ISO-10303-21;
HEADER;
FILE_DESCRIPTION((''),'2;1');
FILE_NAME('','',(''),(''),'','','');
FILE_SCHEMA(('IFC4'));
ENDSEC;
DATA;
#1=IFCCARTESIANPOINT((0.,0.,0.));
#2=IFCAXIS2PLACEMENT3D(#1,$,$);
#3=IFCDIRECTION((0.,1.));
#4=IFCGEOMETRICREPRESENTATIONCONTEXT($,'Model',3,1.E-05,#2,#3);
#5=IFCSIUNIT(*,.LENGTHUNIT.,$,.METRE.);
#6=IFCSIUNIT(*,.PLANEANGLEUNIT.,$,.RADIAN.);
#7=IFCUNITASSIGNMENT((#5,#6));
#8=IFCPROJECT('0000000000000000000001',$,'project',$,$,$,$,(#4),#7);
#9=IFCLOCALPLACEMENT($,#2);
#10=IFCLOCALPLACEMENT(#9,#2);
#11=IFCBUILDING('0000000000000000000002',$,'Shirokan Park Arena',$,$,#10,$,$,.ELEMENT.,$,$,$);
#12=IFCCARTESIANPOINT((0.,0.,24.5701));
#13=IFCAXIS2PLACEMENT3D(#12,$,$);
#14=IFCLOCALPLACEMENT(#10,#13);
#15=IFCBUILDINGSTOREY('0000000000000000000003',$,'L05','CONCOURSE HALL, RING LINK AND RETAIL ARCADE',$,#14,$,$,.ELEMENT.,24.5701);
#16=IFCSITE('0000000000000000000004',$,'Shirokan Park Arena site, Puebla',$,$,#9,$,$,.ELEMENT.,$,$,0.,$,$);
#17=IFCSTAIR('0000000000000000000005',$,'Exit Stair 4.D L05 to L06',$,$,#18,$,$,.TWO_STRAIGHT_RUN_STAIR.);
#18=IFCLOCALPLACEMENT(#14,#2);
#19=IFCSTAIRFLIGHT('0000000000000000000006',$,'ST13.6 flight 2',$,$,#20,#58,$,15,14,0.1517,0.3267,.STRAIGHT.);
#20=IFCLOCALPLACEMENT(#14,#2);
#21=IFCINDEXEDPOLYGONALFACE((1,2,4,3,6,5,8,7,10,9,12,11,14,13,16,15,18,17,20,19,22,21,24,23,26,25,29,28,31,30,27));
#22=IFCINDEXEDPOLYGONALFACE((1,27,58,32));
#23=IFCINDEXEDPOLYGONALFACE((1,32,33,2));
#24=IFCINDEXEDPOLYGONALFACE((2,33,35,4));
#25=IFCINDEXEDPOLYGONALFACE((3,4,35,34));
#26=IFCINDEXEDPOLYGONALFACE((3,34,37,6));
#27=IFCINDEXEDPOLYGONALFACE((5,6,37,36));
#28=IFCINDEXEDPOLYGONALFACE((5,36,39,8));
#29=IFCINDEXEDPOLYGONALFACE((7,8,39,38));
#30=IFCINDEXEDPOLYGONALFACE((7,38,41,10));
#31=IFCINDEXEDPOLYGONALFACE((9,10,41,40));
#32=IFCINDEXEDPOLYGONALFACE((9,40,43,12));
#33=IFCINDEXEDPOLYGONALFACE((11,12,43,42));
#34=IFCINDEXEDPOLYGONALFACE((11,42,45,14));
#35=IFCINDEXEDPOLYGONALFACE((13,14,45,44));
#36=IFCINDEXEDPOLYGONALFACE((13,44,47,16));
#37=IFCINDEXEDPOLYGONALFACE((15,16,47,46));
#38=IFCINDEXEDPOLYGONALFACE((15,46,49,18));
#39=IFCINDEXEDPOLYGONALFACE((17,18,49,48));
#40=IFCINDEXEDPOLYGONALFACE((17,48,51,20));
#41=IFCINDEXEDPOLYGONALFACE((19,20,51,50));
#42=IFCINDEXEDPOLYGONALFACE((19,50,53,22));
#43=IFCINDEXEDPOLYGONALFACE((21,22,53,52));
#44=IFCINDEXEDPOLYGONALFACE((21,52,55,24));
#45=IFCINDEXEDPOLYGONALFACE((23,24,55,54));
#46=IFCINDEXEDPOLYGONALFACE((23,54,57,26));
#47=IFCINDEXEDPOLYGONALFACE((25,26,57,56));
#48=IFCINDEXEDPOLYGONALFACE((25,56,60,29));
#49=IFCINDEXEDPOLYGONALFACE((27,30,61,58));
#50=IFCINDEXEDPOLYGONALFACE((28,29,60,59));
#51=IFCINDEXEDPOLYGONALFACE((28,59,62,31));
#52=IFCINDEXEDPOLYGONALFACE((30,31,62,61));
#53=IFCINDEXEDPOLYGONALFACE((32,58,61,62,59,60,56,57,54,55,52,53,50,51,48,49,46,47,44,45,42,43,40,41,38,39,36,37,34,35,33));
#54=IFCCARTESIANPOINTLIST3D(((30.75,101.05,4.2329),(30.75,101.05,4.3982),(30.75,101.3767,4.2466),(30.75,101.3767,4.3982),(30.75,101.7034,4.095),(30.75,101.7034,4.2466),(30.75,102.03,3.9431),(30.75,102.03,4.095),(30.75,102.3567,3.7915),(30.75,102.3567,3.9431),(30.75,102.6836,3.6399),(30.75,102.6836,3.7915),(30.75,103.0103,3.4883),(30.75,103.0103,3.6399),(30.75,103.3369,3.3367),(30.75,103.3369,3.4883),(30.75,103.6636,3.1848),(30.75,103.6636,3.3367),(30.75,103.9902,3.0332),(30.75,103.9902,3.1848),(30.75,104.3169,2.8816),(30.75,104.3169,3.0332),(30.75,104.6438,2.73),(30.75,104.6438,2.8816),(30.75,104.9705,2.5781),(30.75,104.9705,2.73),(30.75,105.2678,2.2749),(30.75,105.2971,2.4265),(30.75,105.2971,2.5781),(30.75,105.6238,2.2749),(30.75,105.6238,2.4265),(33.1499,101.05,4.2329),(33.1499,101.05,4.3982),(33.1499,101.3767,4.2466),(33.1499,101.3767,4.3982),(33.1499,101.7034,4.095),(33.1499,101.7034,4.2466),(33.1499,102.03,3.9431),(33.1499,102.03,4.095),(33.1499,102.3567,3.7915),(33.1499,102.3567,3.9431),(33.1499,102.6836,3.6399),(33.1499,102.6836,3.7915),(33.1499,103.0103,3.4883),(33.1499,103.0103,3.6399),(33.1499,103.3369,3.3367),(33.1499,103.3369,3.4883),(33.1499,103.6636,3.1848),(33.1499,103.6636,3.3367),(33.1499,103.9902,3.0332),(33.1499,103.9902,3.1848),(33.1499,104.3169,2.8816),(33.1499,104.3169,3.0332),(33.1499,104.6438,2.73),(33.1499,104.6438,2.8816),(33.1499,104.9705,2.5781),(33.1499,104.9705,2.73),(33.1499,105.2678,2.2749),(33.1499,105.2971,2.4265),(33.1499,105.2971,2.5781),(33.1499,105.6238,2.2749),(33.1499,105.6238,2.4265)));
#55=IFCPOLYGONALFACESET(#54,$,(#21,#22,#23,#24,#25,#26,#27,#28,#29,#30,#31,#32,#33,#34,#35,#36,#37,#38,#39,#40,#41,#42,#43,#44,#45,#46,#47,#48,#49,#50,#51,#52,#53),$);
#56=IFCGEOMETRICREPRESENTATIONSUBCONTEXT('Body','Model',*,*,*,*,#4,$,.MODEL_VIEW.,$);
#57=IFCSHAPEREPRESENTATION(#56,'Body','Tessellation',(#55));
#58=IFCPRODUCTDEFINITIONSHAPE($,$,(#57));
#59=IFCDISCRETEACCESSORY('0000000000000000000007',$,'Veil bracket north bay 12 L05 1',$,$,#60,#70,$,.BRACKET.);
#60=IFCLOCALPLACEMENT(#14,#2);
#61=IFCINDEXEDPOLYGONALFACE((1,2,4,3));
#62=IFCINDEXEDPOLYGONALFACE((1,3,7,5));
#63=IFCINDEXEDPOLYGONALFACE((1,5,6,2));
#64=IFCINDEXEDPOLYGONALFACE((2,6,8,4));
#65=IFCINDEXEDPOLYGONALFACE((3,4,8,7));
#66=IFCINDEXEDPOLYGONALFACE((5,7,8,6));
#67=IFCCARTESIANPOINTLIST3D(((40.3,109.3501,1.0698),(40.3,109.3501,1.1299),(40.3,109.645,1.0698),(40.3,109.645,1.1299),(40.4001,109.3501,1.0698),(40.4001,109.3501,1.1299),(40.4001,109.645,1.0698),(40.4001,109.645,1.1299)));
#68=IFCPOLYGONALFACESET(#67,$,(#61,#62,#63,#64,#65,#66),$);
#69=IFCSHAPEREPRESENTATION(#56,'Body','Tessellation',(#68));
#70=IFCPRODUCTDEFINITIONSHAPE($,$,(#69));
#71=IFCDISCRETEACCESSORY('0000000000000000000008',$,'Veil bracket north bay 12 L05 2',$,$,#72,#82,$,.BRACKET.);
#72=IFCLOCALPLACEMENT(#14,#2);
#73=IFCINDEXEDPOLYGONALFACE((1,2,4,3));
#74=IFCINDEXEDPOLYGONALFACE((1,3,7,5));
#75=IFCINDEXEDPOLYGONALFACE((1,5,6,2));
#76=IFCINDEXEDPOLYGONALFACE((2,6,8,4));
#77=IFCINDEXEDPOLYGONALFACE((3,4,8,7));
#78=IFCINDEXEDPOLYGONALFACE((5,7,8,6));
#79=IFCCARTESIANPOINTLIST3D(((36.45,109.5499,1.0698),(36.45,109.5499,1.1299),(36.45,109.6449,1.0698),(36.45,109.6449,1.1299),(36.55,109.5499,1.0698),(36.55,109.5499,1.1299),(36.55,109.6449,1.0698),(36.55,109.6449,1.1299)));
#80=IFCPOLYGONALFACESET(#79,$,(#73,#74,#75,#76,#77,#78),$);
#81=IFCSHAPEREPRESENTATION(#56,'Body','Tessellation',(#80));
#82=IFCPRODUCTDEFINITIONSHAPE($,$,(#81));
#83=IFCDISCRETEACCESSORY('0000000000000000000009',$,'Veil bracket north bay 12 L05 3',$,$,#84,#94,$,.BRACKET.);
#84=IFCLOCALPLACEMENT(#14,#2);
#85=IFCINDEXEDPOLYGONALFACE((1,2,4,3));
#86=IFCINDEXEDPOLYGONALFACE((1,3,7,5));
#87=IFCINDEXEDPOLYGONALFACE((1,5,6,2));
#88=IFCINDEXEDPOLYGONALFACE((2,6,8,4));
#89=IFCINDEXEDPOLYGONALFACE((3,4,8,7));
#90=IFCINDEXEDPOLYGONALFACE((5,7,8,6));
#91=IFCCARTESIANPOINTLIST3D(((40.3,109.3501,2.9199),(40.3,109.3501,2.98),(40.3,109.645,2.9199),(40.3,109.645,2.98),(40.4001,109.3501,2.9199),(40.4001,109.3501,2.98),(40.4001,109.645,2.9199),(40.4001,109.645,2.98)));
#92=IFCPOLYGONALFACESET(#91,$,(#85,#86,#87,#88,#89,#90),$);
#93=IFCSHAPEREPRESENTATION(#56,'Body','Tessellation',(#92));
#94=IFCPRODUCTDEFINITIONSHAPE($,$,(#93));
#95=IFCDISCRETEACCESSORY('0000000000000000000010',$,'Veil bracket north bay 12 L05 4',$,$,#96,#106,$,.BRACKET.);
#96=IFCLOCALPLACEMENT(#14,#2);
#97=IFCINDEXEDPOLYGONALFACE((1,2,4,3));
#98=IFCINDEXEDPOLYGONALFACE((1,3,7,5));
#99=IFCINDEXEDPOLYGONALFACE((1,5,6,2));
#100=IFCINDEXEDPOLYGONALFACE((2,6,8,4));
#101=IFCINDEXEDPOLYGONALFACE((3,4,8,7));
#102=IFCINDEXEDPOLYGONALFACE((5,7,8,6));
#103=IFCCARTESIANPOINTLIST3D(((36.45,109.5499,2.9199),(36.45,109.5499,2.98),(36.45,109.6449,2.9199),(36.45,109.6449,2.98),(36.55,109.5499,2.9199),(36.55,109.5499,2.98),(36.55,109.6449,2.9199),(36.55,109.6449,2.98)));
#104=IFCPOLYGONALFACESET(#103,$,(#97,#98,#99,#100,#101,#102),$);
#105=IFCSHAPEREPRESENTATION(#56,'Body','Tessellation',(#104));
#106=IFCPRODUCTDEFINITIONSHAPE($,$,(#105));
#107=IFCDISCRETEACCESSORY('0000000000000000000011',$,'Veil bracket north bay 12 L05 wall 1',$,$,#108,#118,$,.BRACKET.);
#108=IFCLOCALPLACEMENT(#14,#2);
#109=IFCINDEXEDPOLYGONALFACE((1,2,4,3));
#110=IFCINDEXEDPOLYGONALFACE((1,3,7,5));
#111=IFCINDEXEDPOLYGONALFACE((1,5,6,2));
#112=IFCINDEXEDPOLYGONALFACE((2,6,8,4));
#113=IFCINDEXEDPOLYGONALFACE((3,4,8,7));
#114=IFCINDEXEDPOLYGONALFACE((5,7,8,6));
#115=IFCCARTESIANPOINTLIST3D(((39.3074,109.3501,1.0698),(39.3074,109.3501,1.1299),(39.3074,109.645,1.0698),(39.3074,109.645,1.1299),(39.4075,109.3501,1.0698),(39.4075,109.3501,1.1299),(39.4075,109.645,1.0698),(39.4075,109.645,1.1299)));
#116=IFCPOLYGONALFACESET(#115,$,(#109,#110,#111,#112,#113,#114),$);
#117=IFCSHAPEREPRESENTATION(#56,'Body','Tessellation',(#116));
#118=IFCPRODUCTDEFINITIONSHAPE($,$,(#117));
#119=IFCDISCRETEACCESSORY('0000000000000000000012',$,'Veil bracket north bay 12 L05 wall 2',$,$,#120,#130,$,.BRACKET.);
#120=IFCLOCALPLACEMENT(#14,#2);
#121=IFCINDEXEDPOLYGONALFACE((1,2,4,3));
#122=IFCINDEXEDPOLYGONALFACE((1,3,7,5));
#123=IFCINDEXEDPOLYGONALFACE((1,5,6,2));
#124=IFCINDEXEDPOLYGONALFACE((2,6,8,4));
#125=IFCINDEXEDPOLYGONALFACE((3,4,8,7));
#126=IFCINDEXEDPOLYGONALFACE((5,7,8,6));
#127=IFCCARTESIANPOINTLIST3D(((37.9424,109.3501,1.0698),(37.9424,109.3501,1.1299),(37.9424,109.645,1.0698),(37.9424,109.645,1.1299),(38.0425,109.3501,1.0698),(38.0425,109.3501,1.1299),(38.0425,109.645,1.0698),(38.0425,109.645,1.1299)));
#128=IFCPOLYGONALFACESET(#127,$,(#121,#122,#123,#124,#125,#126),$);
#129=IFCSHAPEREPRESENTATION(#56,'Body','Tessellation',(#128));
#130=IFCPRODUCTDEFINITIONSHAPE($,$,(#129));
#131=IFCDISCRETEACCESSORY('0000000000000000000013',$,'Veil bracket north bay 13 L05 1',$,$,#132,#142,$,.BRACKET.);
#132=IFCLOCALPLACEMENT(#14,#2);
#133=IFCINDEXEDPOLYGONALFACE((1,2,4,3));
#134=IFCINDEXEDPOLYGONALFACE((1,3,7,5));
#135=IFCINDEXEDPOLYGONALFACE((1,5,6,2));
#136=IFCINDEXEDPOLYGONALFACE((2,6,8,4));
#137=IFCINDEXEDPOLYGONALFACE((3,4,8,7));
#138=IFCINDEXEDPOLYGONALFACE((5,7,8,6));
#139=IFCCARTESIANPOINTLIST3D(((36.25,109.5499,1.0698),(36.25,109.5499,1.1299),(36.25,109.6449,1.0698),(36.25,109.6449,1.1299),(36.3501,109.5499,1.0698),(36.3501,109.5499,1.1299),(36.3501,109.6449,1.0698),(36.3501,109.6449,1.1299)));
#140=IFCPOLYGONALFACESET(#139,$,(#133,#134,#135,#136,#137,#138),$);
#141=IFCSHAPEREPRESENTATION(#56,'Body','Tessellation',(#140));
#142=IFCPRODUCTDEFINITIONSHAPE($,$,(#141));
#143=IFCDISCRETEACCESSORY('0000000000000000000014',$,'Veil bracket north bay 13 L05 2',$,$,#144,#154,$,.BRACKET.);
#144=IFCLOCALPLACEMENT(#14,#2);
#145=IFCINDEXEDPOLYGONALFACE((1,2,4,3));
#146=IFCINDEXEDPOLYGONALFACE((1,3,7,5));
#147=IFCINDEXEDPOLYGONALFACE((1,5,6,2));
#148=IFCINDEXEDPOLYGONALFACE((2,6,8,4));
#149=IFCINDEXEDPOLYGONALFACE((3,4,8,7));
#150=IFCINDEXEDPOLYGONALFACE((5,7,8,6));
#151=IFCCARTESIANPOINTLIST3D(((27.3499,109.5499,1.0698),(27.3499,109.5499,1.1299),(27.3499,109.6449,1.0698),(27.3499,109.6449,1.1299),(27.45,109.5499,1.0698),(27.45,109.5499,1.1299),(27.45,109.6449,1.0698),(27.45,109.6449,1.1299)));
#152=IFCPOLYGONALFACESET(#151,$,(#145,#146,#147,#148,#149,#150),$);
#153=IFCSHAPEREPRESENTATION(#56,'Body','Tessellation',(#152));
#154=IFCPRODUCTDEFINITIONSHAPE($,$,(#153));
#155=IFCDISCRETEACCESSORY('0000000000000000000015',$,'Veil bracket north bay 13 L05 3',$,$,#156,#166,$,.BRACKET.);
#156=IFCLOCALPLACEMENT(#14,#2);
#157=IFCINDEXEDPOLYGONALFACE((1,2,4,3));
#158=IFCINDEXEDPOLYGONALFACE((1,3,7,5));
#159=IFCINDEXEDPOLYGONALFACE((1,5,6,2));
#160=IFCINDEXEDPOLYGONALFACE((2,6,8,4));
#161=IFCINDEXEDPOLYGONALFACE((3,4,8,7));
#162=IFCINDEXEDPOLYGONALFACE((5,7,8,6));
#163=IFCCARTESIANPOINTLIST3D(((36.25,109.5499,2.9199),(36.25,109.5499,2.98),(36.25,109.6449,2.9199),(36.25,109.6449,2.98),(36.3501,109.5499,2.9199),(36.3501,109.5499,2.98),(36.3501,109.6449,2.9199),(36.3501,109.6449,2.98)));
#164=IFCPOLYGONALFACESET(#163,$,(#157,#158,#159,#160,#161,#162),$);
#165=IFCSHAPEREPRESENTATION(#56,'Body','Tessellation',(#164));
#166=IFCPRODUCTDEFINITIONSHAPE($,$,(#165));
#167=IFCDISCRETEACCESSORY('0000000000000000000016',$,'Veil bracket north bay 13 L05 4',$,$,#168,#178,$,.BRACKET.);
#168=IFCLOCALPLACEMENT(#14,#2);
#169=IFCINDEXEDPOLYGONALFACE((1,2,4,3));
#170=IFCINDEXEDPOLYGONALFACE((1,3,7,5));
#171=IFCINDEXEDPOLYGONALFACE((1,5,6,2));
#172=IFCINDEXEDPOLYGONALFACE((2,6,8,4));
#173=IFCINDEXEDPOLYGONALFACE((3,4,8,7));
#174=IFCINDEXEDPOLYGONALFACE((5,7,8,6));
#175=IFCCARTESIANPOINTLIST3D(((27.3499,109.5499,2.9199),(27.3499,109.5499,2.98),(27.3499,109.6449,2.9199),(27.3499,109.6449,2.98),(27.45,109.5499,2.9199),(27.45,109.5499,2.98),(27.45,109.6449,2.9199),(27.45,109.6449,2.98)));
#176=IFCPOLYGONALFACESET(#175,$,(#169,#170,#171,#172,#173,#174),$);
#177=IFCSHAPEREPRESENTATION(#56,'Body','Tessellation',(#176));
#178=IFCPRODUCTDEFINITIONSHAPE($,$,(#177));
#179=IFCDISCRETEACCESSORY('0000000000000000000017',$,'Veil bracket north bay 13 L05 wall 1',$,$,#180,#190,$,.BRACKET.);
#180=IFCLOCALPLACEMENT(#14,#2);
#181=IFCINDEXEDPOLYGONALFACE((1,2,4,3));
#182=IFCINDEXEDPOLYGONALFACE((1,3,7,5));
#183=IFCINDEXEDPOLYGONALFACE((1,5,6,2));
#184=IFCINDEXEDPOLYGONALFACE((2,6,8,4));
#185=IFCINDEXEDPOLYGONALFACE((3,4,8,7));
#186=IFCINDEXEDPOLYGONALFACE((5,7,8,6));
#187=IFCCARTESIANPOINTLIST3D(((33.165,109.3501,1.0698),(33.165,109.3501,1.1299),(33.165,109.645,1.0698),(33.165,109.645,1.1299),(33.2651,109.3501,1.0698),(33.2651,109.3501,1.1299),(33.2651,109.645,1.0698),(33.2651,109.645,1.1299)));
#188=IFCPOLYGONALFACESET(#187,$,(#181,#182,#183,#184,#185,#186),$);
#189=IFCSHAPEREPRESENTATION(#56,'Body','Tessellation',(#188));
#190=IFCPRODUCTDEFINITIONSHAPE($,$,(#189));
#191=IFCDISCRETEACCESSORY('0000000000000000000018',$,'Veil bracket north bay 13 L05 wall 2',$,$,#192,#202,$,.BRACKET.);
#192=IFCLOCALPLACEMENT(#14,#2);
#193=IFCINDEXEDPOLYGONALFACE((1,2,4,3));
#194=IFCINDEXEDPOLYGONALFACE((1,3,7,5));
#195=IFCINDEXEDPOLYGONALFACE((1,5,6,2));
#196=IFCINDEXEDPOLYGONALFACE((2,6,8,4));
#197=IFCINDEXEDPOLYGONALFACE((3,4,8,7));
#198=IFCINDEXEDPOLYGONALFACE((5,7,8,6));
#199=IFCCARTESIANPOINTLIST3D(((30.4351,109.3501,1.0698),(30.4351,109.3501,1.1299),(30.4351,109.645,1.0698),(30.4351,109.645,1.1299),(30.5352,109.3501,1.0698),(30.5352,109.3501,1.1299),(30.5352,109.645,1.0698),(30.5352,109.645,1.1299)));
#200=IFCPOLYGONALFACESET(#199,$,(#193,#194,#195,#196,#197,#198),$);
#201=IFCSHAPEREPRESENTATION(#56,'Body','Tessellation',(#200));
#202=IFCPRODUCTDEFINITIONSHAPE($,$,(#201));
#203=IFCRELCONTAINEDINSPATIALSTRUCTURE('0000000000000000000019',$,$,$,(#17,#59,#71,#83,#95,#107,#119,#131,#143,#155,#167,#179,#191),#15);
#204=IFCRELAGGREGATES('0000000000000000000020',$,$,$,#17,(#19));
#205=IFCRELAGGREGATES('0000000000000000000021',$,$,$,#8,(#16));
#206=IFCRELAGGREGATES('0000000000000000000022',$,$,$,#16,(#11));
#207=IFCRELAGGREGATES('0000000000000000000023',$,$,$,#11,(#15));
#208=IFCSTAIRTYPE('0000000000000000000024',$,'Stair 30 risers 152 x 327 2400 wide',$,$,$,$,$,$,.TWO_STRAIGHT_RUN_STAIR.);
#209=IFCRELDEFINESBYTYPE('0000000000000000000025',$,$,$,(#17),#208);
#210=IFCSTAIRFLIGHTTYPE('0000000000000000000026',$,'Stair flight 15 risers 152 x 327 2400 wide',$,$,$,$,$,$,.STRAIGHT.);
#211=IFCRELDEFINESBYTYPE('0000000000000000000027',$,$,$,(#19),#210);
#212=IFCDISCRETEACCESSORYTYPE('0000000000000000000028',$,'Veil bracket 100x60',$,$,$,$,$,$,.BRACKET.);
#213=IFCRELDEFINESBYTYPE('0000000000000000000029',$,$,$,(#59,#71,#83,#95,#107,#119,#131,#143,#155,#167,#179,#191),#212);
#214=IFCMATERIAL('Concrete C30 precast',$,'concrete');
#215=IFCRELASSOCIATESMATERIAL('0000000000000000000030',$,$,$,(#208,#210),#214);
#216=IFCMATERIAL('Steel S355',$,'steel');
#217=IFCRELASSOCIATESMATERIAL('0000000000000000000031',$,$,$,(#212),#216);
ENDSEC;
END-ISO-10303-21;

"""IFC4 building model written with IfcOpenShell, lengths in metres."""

from ifc_helpers import new_model, si_unit, direction, frame, origin, origin_2d, place, context, subcontext, project, spatial, polyline, rectangle, outline, extrude, material, type_object, element, aggregate, save


model = new_model("IFC4")

# Units and contexts
model_context = context("Model", 3, precision=1e-05, world=origin(), true_north=direction((0.0, 1.0)))
body_context = subcontext(model_context, "Body", "Model", "MODEL_VIEW")
ifc_project = project(units=[si_unit("LENGTHUNIT", "METRE"), si_unit("PLANEANGLEUNIT", "RADIAN")], contexts=[model_context])

# Site, building, storey
site_placement = place(None, origin())
site = spatial("IfcSite", under=ifc_project, at=site_placement, Name="Shirokan Park Arena site, Puebla", CompositionType="ELEMENT", RefElevation=0.0)
building_placement = place(site_placement, origin())
building = spatial("IfcBuilding", under=site, at=building_placement, Name="Shirokan Park Arena", CompositionType="ELEMENT")
storey_placement = place(building_placement, frame((0.0, 0.0, 24.5701)))
storey = spatial("IfcBuildingStorey", under=building, at=storey_placement, Name="L05", Description="CONCOURSE HALL, RING LINK AND RETAIL ARCADE", CompositionType="ELEMENT", Elevation=24.5701)

# Shared definitions
ifc_material_1 = material(Name="Steel S355", Category="steel")

# Stair, stair flight
ifc_material_2 = material(Name="Concrete C30 precast", Category="concrete")
stair_type = type_object("IfcStairType", Name="Stair 30 risers 152 x 327 2400 wide", PredefinedType="TWO_STRAIGHT_RUN_STAIR", material=ifc_material_2)
stair_placement = place(storey_placement, origin())
stair = element("IfcStair", 1, at=stair_placement, inside=storey, type_object=stair_type, Name="Exit Stair 4.D L05 to L06", PredefinedType="TWO_STRAIGHT_RUN_STAIR")
stair_flight_type = type_object("IfcStairFlightType", Name="Stair flight 15 risers 152 x 327 2400 wide", PredefinedType="STRAIGHT", material=ifc_material_2)
stair_flight_placement = place(storey_placement, frame((31.95, 105.6238, 2.2749), z_axis=(0.0, 0.0, 1.0), x_axis=(0.0, -1.0, 0.0)))
stair_flight = element("IfcStairFlight", 2, at=stair_flight_placement, type_object=stair_flight_type, Name="ST13.6 flight 2", NumberOfRisers=15, NumberOfTreads=14, PredefinedType="STRAIGHT", RiserHeight=0.1517, TreadLength=0.3267, context=body_context, shape_type="SweptSolid", body=[
    extrude(outline(polyline([(0.0, 0.0), (0.0, 0.1516), (0.3267, 0.1516), (0.3267, 0.3032), (0.6533, 0.3032), (0.6533, 0.4551), (0.98, 0.4551), (0.98, 0.6067), (1.3069, 0.6067), (1.3069, 0.7583), (1.6335, 0.7583), (1.6335, 0.9099), (1.9602, 0.9099), (1.9602, 1.0618), (2.2869, 1.0618), (2.2869, 1.2134), (2.6135, 1.2134), (2.6135, 1.365), (2.9402, 1.365), (2.9402, 1.5166), (3.2671, 1.5166), (3.2671, 1.6682), (3.5938, 1.6682), (3.5938, 1.8201), (3.9204, 1.8201), (3.9204, 1.9717), (4.2471, 1.9717), (4.2471, 2.1233), (4.5737, 2.1233), (4.5737, 2.2749), (4.5737, 1.958), (0.356, 0.0), (0.0, 0.0)])), frame((0.0, 1.2, 0.0), z_axis=(0.0, -1.0, 0.0), x_axis=(1.0, 0.0, 0.0)), (0.0, 0.0, 1.0), 2.3999),
])
aggregate(stair, [stair_flight])

# Discrete accessories
discrete_accessory_type = type_object("IfcDiscreteAccessoryType", Name="Veil bracket 100x60", PredefinedType="BRACKET", material=ifc_material_1)
discrete_accessory_1_placement = place(storey_placement, frame((40.3501, 109.4976, 1.0698), z_axis=(0.0, 0.0, 1.0), x_axis=(-1.0, 0.0, 0.0)))
element("IfcDiscreteAccessory", 3, at=discrete_accessory_1_placement, inside=storey, type_object=discrete_accessory_type, Name="Veil bracket north bay 12 L05 1", PredefinedType="BRACKET", context=body_context, shape_type="SweptSolid", body=[
    extrude(rectangle(XDim=0.1001, YDim=0.2949, at=origin_2d()), origin(), (0.0, 0.0, 1.0), 0.0601),
])
discrete_accessory_2_placement = place(storey_placement, frame((36.5, 109.5974, 1.0698), z_axis=(0.0, 0.0, 1.0), x_axis=(-1.0, 0.0, 0.0)))
element("IfcDiscreteAccessory", 4, at=discrete_accessory_2_placement, inside=storey, type_object=discrete_accessory_type, Name="Veil bracket north bay 12 L05 2", PredefinedType="BRACKET", context=body_context, shape_type="SweptSolid", body=[
    extrude(rectangle(XDim=0.1001, YDim=0.095, at=origin_2d()), origin(), (0.0, 0.0, 1.0), 0.0601),
])
discrete_accessory_3_placement = place(storey_placement, frame((40.3501, 109.4976, 2.9199), z_axis=(0.0, 0.0, 1.0), x_axis=(-1.0, 0.0, 0.0)))
element("IfcDiscreteAccessory", 5, at=discrete_accessory_3_placement, inside=storey, type_object=discrete_accessory_type, Name="Veil bracket north bay 12 L05 3", PredefinedType="BRACKET", context=body_context, shape_type="SweptSolid", body=[
    extrude(rectangle(XDim=0.1001, YDim=0.2949, at=origin_2d()), origin(), (0.0, 0.0, 1.0), 0.0601),
])
discrete_accessory_4_placement = place(storey_placement, frame((36.5, 109.5974, 2.9199), z_axis=(0.0, 0.0, 1.0), x_axis=(-1.0, 0.0, 0.0)))
element("IfcDiscreteAccessory", 6, at=discrete_accessory_4_placement, inside=storey, type_object=discrete_accessory_type, Name="Veil bracket north bay 12 L05 4", PredefinedType="BRACKET", context=body_context, shape_type="SweptSolid", body=[
    extrude(rectangle(XDim=0.1001, YDim=0.095, at=origin_2d()), origin(), (0.0, 0.0, 1.0), 0.0601),
])
for number, where, z_axis, x_axis, name in (
    (7, (39.3574, 109.4976, 1.0698), (0.0, 0.0, 1.0), (-1.0, 0.0, 0.0), "Veil bracket north bay 12 L05 wall 1"),
    (8, (37.9924, 109.4976, 1.0698), (0.0, 0.0, 1.0), (-1.0, 0.0, 0.0), "Veil bracket north bay 12 L05 wall 2"),
):
    element("IfcDiscreteAccessory", number, at=place(storey_placement, frame(where, z_axis=z_axis, x_axis=x_axis)), inside=storey, type_object=discrete_accessory_type, Name=name, PredefinedType="BRACKET", context=body_context, shape_type="SweptSolid", body=[
        extrude(rectangle(XDim=0.1001, YDim=0.2949, at=origin_2d()), origin(), (0.0, 0.0, 1.0), 0.0601),
    ])
for number, where, z_axis, x_axis, name in (
    (9, (36.3, 109.5974, 1.0698), (0.0, 0.0, 1.0), (-1.0, 0.0, 0.0), "Veil bracket north bay 13 L05 1"),
    (10, (27.3999, 109.5974, 1.0698), (0.0, 0.0, 1.0), (-1.0, 0.0, 0.0), "Veil bracket north bay 13 L05 2"),
    (11, (36.3, 109.5974, 2.9199), (0.0, 0.0, 1.0), (-1.0, 0.0, 0.0), "Veil bracket north bay 13 L05 3"),
    (12, (27.3999, 109.5974, 2.9199), (0.0, 0.0, 1.0), (-1.0, 0.0, 0.0), "Veil bracket north bay 13 L05 4"),
):
    element("IfcDiscreteAccessory", number, at=place(storey_placement, frame(where, z_axis=z_axis, x_axis=x_axis)), inside=storey, type_object=discrete_accessory_type, Name=name, PredefinedType="BRACKET", context=body_context, shape_type="SweptSolid", body=[
        extrude(rectangle(XDim=0.1001, YDim=0.095, at=origin_2d()), origin(), (0.0, 0.0, 1.0), 0.0601),
    ])
for number, where, z_axis, x_axis, name in (
    (13, (33.2151, 109.4976, 1.0698), (0.0, 0.0, 1.0), (-1.0, 0.0, 0.0), "Veil bracket north bay 13 L05 wall 1"),
    (14, (30.4851, 109.4976, 1.0698), (0.0, 0.0, 1.0), (-1.0, 0.0, 0.0), "Veil bracket north bay 13 L05 wall 2"),
):
    element("IfcDiscreteAccessory", number, at=place(storey_placement, frame(where, z_axis=z_axis, x_axis=x_axis)), inside=storey, type_object=discrete_accessory_type, Name=name, PredefinedType="BRACKET", context=body_context, shape_type="SweptSolid", body=[
        extrude(rectangle(XDim=0.1001, YDim=0.2949, at=origin_2d()), origin(), (0.0, 0.0, 1.0), 0.0601),
    ])

save(model, "model.ifc")
